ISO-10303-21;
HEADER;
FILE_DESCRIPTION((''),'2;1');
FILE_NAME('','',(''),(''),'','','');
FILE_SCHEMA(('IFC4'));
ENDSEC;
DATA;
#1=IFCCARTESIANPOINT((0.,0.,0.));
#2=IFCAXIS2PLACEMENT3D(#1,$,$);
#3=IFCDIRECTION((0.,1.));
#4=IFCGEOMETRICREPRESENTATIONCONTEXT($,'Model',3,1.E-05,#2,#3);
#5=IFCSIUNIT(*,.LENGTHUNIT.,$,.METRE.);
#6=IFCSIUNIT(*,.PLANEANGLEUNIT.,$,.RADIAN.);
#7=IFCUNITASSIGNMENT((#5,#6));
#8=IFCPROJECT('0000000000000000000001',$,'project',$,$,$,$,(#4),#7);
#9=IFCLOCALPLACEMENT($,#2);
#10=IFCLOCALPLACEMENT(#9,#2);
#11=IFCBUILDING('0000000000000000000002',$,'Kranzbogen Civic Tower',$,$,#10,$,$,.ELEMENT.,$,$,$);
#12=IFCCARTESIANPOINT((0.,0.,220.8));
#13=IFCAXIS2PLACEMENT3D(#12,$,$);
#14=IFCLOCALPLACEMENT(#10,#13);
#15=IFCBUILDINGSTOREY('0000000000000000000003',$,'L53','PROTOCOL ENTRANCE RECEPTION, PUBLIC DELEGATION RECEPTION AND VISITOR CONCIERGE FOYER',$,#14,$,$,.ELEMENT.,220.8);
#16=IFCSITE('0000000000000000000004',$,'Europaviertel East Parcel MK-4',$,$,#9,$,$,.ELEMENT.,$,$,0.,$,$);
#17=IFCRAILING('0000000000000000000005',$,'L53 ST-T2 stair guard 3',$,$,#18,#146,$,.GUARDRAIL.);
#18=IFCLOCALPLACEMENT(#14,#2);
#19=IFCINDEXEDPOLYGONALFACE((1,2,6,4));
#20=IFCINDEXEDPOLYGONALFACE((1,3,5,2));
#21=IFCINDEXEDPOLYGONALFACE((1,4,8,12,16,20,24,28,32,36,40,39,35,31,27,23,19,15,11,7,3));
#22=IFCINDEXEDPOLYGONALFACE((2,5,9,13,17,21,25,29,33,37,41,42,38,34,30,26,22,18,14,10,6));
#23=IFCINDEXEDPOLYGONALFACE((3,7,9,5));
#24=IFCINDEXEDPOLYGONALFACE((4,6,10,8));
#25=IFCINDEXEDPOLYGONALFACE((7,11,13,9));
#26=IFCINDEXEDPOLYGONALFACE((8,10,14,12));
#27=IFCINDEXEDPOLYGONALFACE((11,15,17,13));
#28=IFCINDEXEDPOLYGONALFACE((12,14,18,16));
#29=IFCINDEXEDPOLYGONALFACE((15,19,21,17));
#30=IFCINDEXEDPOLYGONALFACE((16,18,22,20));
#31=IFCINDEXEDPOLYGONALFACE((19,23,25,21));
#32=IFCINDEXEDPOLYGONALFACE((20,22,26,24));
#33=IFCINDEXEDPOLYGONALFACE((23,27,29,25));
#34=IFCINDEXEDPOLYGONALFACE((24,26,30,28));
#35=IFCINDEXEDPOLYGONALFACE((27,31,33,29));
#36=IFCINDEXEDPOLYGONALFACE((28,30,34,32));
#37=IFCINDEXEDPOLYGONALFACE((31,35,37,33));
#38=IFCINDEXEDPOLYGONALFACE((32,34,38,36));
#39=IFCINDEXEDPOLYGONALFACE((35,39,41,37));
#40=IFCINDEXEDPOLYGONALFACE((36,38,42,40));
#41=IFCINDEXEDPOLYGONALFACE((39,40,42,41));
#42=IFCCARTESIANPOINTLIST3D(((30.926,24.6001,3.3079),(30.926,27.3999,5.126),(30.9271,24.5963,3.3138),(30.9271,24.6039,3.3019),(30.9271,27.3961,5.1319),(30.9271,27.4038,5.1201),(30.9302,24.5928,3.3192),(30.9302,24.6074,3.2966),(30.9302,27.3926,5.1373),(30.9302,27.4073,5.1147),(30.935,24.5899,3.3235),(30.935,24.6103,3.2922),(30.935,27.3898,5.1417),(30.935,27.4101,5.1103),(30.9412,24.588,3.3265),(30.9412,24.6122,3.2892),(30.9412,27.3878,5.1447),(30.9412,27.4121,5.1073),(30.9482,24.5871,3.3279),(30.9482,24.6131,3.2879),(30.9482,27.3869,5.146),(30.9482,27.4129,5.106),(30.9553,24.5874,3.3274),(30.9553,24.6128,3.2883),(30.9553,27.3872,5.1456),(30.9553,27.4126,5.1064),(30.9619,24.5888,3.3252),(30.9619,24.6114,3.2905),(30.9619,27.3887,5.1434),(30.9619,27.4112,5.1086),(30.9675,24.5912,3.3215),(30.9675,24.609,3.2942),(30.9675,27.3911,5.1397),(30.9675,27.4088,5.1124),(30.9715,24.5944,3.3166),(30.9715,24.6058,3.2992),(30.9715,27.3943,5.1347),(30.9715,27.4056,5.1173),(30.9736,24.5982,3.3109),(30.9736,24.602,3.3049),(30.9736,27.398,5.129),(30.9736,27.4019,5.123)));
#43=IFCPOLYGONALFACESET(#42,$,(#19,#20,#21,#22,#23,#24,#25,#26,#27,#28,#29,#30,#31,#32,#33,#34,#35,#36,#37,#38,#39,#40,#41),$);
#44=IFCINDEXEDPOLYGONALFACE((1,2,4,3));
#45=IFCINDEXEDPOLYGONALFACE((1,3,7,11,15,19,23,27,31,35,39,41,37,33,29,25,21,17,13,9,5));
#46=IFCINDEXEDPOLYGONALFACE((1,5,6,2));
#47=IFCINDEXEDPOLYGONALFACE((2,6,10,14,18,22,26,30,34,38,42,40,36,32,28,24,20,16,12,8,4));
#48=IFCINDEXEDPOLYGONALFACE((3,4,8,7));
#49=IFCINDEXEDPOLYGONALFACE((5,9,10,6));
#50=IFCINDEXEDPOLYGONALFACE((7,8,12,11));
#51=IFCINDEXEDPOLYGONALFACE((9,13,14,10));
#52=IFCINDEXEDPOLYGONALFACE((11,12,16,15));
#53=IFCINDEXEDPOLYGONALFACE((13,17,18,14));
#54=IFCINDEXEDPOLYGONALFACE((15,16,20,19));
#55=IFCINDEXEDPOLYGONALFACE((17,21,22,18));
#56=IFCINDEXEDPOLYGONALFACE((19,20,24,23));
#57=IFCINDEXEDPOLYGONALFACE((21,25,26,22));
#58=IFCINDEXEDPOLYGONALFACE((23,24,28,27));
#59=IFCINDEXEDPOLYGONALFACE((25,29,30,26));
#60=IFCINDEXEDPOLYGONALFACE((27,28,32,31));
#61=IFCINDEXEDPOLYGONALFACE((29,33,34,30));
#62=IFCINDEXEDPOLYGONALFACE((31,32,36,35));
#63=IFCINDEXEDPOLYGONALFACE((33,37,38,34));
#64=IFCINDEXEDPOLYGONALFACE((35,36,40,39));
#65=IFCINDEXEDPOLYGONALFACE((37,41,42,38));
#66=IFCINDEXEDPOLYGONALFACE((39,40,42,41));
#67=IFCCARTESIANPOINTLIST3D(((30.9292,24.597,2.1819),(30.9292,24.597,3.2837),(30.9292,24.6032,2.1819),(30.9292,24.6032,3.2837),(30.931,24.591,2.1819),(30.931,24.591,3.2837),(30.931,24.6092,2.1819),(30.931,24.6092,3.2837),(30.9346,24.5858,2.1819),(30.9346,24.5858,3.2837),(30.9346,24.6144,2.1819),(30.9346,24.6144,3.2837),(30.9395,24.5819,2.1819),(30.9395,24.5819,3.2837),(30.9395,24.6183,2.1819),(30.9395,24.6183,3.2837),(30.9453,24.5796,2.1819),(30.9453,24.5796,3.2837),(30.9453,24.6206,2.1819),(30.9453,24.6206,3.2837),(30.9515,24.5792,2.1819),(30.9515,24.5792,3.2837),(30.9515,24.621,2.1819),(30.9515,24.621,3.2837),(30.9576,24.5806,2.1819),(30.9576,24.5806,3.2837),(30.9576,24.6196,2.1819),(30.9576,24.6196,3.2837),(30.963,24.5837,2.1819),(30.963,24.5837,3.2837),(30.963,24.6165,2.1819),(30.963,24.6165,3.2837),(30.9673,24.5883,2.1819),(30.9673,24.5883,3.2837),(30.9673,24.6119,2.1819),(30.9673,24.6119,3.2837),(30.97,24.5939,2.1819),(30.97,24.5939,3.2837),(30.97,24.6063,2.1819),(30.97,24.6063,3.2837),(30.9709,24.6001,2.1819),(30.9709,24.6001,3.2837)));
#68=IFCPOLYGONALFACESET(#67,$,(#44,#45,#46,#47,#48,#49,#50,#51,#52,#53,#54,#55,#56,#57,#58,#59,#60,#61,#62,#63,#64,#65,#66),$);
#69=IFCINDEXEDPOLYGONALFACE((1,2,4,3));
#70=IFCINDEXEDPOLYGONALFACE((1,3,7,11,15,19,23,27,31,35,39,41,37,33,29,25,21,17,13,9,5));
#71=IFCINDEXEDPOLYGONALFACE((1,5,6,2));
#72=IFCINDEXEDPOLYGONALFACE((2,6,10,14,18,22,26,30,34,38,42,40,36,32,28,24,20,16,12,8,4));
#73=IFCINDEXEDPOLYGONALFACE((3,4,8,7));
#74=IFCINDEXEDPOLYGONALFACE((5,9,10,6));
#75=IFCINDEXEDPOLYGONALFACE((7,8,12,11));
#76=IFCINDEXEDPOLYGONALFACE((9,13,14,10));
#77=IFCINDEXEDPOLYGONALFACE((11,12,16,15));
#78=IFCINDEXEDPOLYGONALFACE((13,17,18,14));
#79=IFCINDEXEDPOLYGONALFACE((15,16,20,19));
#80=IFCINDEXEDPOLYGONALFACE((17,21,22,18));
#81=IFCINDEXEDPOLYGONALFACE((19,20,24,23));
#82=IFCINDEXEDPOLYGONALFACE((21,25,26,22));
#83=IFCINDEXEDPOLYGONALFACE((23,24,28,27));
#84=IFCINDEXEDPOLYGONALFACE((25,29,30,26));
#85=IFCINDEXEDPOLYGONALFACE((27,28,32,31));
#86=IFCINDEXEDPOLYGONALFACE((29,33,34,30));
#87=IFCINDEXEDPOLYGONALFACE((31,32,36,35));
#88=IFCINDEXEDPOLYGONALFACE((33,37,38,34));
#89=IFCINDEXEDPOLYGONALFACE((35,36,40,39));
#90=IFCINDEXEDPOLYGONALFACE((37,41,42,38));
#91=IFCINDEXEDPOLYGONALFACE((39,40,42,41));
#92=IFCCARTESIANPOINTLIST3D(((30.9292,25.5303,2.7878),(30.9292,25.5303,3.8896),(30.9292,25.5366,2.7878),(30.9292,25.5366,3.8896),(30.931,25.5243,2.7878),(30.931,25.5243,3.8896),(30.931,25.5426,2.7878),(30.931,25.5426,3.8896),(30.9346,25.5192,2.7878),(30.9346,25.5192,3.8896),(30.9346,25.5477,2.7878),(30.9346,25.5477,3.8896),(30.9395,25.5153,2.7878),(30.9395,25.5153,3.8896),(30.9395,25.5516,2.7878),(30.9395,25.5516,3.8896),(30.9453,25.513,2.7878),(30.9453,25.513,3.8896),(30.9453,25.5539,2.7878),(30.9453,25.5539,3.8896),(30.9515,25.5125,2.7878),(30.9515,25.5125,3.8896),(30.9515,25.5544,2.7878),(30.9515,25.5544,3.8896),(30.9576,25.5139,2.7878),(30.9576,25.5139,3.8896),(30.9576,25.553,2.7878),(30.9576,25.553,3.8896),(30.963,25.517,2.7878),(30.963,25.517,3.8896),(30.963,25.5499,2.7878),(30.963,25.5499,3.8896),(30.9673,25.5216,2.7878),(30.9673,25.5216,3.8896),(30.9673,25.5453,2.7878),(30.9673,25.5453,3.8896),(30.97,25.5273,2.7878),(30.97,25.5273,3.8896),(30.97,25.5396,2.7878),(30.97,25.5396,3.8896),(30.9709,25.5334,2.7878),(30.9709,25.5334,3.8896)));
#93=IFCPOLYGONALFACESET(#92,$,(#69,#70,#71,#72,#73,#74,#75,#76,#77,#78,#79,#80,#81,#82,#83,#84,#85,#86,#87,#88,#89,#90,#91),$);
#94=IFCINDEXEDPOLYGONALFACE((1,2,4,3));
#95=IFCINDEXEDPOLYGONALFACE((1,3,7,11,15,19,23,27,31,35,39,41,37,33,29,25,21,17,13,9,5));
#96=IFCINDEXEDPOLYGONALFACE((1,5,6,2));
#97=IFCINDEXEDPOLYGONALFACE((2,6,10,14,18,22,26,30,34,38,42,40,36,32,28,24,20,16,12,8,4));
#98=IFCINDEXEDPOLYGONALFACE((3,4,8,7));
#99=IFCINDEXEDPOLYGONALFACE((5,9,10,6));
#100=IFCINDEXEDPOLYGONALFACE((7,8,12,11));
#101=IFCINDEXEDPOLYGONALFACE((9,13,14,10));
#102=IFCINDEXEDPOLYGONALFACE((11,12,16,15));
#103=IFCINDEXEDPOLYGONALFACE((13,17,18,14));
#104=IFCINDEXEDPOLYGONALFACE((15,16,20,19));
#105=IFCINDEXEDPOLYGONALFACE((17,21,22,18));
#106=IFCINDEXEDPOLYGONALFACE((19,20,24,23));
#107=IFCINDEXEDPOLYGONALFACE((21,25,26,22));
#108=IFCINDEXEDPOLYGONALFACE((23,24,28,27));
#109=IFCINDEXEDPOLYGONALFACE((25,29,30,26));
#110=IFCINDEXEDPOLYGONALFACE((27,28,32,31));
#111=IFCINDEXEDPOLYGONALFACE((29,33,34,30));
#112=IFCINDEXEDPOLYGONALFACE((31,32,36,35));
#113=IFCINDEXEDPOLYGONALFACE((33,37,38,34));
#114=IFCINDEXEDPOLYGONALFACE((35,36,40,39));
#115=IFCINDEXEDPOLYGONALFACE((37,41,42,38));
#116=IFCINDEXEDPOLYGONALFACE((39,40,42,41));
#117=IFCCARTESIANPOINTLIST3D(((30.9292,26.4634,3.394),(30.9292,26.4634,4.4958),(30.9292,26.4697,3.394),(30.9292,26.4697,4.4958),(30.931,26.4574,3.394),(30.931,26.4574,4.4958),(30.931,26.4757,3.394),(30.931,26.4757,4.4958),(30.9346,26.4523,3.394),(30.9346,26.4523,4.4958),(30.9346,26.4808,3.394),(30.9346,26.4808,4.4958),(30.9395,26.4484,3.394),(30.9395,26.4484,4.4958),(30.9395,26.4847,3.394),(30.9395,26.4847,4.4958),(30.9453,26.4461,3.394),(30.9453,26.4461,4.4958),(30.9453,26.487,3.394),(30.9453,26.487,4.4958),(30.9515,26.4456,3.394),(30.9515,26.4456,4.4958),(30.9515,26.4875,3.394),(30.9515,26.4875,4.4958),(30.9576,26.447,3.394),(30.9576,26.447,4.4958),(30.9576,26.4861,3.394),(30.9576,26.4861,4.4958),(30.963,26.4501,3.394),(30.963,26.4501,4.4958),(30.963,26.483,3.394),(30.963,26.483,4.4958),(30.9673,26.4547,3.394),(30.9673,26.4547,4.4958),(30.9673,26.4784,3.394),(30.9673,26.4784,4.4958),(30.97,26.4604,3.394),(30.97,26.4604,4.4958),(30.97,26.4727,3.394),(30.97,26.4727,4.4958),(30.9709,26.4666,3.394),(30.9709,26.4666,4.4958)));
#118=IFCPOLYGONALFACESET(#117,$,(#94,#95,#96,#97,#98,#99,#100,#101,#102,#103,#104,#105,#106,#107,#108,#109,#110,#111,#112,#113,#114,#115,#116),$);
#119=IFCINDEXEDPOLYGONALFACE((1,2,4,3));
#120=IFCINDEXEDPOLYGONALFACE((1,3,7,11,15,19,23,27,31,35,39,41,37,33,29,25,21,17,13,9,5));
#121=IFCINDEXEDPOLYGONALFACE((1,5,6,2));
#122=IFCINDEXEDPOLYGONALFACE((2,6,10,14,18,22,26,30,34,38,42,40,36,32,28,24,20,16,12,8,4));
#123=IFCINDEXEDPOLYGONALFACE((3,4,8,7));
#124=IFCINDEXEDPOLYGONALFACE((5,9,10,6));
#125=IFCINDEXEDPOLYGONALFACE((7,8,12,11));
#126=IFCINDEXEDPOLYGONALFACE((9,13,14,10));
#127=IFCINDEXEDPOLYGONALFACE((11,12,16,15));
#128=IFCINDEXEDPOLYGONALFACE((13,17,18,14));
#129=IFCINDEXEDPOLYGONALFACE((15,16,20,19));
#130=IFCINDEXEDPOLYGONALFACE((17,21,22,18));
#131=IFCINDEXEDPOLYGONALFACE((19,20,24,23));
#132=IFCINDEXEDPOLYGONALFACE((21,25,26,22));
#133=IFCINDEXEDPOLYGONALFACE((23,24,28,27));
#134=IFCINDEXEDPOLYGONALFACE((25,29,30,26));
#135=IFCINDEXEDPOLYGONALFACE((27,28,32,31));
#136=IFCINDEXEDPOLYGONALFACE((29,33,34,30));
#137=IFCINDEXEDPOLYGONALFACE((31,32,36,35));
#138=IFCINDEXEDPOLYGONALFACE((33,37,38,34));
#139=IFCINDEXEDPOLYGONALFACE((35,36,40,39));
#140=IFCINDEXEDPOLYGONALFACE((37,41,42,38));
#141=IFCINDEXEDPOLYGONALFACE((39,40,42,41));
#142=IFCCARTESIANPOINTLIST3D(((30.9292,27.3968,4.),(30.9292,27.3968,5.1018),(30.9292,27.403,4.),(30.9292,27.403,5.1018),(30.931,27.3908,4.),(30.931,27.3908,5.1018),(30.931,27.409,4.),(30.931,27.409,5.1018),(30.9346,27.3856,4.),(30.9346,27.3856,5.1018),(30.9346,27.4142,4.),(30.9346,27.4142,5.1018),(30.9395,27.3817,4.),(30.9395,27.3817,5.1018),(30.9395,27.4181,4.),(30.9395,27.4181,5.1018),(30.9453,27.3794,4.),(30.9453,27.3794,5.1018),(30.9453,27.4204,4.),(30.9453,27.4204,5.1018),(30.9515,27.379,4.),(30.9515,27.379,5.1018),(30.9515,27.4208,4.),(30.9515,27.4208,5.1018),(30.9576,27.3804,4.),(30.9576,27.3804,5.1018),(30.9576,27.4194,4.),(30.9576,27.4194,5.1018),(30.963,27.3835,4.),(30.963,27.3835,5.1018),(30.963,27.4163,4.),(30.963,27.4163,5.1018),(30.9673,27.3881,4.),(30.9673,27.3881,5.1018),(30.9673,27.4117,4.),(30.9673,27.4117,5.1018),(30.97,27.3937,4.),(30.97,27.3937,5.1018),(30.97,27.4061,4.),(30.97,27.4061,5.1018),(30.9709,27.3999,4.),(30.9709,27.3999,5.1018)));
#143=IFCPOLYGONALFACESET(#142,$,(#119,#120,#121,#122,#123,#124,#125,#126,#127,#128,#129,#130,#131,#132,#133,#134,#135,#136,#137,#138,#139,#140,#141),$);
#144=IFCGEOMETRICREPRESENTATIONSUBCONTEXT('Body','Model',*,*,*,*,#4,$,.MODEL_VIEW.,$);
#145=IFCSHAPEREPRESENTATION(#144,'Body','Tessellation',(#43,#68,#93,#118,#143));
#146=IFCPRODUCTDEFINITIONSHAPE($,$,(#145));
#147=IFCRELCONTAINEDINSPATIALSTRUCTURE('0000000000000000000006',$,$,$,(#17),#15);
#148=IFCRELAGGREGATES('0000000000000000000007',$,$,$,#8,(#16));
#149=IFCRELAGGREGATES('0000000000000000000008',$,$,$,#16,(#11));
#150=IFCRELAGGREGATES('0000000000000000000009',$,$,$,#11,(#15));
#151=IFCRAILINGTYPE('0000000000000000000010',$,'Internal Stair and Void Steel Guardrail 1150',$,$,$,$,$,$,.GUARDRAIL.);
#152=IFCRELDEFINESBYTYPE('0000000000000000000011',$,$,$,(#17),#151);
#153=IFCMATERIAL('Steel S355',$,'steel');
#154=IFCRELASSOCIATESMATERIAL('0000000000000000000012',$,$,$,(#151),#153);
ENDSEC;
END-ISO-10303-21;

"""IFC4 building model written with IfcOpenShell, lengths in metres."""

from ifc_helpers import new_model, si_unit, direction, frame, origin, origin_2d, place, context, subcontext, project, spatial, circle, extrude, material, type_object, element, save


model = new_model("IFC4")

# Units and contexts
model_context = context("Model", 3, precision=1e-05, world=origin(), true_north=direction((0.0, 1.0)))
body_context = subcontext(model_context, "Body", "Model", "MODEL_VIEW")
ifc_project = project(units=[si_unit("LENGTHUNIT", "METRE"), si_unit("PLANEANGLEUNIT", "RADIAN")], contexts=[model_context])

# Site, building, storey
site_placement = place(None, origin())
site = spatial("IfcSite", under=ifc_project, at=site_placement, Name="Europaviertel East Parcel MK-4", CompositionType="ELEMENT", RefElevation=0.0)
building_placement = place(site_placement, origin())
building = spatial("IfcBuilding", under=site, at=building_placement, Name="Kranzbogen Civic Tower", CompositionType="ELEMENT")
storey_placement = place(building_placement, frame((0.0, 0.0, 220.8)))
storey = spatial("IfcBuildingStorey", under=building, at=storey_placement, Name="L53", Description="PROTOCOL ENTRANCE RECEPTION, PUBLIC DELEGATION RECEPTION AND VISITOR CONCIERGE FOYER", CompositionType="ELEMENT", Elevation=220.8)

# Shared definitions
ifc_material_1 = material(Name="Steel S355", Category="steel")

# Railing
railing_type = type_object("IfcRailingType", Name="Internal Stair and Void Steel Guardrail 1150", PredefinedType="GUARDRAIL", material=ifc_material_1)
railing_1_placement = place(storey_placement, frame((30.95, 24.6001, 2.1819)))
element("IfcRailing", 1, at=railing_1_placement, inside=storey, type_object=railing_type, Name="L53 ST-T2 stair guard 3", PredefinedType="GUARDRAIL", context=body_context, shape_type="SweptSolid", body=[
    extrude(circle(Radius=0.0239, at=origin_2d()), frame((0.0, 0.0, 1.126), z_axis=(0.0, 0.838684, 0.544618), x_axis=(-1.0, 0.0, 0.0)), (0.0, 0.0, 1.0), 3.3384),
    extrude(circle(Radius=0.021, at=origin_2d()), origin(), (0.0, 0.0, 1.0), 1.1018),
    extrude(circle(Radius=0.021, at=origin_2d()), frame((0.0, 0.9333, 0.606)), (0.0, 0.0, 1.0), 1.1018),
    extrude(circle(Radius=0.021, at=origin_2d()), frame((0.0, 1.8665, 1.2122)), (0.0, 0.0, 1.0), 1.1018),
    extrude(circle(Radius=0.021, at=origin_2d()), frame((0.0, 2.7998, 1.8181)), (0.0, 0.0, 1.0), 1.1018),
])

save(model, "model.ifc")
